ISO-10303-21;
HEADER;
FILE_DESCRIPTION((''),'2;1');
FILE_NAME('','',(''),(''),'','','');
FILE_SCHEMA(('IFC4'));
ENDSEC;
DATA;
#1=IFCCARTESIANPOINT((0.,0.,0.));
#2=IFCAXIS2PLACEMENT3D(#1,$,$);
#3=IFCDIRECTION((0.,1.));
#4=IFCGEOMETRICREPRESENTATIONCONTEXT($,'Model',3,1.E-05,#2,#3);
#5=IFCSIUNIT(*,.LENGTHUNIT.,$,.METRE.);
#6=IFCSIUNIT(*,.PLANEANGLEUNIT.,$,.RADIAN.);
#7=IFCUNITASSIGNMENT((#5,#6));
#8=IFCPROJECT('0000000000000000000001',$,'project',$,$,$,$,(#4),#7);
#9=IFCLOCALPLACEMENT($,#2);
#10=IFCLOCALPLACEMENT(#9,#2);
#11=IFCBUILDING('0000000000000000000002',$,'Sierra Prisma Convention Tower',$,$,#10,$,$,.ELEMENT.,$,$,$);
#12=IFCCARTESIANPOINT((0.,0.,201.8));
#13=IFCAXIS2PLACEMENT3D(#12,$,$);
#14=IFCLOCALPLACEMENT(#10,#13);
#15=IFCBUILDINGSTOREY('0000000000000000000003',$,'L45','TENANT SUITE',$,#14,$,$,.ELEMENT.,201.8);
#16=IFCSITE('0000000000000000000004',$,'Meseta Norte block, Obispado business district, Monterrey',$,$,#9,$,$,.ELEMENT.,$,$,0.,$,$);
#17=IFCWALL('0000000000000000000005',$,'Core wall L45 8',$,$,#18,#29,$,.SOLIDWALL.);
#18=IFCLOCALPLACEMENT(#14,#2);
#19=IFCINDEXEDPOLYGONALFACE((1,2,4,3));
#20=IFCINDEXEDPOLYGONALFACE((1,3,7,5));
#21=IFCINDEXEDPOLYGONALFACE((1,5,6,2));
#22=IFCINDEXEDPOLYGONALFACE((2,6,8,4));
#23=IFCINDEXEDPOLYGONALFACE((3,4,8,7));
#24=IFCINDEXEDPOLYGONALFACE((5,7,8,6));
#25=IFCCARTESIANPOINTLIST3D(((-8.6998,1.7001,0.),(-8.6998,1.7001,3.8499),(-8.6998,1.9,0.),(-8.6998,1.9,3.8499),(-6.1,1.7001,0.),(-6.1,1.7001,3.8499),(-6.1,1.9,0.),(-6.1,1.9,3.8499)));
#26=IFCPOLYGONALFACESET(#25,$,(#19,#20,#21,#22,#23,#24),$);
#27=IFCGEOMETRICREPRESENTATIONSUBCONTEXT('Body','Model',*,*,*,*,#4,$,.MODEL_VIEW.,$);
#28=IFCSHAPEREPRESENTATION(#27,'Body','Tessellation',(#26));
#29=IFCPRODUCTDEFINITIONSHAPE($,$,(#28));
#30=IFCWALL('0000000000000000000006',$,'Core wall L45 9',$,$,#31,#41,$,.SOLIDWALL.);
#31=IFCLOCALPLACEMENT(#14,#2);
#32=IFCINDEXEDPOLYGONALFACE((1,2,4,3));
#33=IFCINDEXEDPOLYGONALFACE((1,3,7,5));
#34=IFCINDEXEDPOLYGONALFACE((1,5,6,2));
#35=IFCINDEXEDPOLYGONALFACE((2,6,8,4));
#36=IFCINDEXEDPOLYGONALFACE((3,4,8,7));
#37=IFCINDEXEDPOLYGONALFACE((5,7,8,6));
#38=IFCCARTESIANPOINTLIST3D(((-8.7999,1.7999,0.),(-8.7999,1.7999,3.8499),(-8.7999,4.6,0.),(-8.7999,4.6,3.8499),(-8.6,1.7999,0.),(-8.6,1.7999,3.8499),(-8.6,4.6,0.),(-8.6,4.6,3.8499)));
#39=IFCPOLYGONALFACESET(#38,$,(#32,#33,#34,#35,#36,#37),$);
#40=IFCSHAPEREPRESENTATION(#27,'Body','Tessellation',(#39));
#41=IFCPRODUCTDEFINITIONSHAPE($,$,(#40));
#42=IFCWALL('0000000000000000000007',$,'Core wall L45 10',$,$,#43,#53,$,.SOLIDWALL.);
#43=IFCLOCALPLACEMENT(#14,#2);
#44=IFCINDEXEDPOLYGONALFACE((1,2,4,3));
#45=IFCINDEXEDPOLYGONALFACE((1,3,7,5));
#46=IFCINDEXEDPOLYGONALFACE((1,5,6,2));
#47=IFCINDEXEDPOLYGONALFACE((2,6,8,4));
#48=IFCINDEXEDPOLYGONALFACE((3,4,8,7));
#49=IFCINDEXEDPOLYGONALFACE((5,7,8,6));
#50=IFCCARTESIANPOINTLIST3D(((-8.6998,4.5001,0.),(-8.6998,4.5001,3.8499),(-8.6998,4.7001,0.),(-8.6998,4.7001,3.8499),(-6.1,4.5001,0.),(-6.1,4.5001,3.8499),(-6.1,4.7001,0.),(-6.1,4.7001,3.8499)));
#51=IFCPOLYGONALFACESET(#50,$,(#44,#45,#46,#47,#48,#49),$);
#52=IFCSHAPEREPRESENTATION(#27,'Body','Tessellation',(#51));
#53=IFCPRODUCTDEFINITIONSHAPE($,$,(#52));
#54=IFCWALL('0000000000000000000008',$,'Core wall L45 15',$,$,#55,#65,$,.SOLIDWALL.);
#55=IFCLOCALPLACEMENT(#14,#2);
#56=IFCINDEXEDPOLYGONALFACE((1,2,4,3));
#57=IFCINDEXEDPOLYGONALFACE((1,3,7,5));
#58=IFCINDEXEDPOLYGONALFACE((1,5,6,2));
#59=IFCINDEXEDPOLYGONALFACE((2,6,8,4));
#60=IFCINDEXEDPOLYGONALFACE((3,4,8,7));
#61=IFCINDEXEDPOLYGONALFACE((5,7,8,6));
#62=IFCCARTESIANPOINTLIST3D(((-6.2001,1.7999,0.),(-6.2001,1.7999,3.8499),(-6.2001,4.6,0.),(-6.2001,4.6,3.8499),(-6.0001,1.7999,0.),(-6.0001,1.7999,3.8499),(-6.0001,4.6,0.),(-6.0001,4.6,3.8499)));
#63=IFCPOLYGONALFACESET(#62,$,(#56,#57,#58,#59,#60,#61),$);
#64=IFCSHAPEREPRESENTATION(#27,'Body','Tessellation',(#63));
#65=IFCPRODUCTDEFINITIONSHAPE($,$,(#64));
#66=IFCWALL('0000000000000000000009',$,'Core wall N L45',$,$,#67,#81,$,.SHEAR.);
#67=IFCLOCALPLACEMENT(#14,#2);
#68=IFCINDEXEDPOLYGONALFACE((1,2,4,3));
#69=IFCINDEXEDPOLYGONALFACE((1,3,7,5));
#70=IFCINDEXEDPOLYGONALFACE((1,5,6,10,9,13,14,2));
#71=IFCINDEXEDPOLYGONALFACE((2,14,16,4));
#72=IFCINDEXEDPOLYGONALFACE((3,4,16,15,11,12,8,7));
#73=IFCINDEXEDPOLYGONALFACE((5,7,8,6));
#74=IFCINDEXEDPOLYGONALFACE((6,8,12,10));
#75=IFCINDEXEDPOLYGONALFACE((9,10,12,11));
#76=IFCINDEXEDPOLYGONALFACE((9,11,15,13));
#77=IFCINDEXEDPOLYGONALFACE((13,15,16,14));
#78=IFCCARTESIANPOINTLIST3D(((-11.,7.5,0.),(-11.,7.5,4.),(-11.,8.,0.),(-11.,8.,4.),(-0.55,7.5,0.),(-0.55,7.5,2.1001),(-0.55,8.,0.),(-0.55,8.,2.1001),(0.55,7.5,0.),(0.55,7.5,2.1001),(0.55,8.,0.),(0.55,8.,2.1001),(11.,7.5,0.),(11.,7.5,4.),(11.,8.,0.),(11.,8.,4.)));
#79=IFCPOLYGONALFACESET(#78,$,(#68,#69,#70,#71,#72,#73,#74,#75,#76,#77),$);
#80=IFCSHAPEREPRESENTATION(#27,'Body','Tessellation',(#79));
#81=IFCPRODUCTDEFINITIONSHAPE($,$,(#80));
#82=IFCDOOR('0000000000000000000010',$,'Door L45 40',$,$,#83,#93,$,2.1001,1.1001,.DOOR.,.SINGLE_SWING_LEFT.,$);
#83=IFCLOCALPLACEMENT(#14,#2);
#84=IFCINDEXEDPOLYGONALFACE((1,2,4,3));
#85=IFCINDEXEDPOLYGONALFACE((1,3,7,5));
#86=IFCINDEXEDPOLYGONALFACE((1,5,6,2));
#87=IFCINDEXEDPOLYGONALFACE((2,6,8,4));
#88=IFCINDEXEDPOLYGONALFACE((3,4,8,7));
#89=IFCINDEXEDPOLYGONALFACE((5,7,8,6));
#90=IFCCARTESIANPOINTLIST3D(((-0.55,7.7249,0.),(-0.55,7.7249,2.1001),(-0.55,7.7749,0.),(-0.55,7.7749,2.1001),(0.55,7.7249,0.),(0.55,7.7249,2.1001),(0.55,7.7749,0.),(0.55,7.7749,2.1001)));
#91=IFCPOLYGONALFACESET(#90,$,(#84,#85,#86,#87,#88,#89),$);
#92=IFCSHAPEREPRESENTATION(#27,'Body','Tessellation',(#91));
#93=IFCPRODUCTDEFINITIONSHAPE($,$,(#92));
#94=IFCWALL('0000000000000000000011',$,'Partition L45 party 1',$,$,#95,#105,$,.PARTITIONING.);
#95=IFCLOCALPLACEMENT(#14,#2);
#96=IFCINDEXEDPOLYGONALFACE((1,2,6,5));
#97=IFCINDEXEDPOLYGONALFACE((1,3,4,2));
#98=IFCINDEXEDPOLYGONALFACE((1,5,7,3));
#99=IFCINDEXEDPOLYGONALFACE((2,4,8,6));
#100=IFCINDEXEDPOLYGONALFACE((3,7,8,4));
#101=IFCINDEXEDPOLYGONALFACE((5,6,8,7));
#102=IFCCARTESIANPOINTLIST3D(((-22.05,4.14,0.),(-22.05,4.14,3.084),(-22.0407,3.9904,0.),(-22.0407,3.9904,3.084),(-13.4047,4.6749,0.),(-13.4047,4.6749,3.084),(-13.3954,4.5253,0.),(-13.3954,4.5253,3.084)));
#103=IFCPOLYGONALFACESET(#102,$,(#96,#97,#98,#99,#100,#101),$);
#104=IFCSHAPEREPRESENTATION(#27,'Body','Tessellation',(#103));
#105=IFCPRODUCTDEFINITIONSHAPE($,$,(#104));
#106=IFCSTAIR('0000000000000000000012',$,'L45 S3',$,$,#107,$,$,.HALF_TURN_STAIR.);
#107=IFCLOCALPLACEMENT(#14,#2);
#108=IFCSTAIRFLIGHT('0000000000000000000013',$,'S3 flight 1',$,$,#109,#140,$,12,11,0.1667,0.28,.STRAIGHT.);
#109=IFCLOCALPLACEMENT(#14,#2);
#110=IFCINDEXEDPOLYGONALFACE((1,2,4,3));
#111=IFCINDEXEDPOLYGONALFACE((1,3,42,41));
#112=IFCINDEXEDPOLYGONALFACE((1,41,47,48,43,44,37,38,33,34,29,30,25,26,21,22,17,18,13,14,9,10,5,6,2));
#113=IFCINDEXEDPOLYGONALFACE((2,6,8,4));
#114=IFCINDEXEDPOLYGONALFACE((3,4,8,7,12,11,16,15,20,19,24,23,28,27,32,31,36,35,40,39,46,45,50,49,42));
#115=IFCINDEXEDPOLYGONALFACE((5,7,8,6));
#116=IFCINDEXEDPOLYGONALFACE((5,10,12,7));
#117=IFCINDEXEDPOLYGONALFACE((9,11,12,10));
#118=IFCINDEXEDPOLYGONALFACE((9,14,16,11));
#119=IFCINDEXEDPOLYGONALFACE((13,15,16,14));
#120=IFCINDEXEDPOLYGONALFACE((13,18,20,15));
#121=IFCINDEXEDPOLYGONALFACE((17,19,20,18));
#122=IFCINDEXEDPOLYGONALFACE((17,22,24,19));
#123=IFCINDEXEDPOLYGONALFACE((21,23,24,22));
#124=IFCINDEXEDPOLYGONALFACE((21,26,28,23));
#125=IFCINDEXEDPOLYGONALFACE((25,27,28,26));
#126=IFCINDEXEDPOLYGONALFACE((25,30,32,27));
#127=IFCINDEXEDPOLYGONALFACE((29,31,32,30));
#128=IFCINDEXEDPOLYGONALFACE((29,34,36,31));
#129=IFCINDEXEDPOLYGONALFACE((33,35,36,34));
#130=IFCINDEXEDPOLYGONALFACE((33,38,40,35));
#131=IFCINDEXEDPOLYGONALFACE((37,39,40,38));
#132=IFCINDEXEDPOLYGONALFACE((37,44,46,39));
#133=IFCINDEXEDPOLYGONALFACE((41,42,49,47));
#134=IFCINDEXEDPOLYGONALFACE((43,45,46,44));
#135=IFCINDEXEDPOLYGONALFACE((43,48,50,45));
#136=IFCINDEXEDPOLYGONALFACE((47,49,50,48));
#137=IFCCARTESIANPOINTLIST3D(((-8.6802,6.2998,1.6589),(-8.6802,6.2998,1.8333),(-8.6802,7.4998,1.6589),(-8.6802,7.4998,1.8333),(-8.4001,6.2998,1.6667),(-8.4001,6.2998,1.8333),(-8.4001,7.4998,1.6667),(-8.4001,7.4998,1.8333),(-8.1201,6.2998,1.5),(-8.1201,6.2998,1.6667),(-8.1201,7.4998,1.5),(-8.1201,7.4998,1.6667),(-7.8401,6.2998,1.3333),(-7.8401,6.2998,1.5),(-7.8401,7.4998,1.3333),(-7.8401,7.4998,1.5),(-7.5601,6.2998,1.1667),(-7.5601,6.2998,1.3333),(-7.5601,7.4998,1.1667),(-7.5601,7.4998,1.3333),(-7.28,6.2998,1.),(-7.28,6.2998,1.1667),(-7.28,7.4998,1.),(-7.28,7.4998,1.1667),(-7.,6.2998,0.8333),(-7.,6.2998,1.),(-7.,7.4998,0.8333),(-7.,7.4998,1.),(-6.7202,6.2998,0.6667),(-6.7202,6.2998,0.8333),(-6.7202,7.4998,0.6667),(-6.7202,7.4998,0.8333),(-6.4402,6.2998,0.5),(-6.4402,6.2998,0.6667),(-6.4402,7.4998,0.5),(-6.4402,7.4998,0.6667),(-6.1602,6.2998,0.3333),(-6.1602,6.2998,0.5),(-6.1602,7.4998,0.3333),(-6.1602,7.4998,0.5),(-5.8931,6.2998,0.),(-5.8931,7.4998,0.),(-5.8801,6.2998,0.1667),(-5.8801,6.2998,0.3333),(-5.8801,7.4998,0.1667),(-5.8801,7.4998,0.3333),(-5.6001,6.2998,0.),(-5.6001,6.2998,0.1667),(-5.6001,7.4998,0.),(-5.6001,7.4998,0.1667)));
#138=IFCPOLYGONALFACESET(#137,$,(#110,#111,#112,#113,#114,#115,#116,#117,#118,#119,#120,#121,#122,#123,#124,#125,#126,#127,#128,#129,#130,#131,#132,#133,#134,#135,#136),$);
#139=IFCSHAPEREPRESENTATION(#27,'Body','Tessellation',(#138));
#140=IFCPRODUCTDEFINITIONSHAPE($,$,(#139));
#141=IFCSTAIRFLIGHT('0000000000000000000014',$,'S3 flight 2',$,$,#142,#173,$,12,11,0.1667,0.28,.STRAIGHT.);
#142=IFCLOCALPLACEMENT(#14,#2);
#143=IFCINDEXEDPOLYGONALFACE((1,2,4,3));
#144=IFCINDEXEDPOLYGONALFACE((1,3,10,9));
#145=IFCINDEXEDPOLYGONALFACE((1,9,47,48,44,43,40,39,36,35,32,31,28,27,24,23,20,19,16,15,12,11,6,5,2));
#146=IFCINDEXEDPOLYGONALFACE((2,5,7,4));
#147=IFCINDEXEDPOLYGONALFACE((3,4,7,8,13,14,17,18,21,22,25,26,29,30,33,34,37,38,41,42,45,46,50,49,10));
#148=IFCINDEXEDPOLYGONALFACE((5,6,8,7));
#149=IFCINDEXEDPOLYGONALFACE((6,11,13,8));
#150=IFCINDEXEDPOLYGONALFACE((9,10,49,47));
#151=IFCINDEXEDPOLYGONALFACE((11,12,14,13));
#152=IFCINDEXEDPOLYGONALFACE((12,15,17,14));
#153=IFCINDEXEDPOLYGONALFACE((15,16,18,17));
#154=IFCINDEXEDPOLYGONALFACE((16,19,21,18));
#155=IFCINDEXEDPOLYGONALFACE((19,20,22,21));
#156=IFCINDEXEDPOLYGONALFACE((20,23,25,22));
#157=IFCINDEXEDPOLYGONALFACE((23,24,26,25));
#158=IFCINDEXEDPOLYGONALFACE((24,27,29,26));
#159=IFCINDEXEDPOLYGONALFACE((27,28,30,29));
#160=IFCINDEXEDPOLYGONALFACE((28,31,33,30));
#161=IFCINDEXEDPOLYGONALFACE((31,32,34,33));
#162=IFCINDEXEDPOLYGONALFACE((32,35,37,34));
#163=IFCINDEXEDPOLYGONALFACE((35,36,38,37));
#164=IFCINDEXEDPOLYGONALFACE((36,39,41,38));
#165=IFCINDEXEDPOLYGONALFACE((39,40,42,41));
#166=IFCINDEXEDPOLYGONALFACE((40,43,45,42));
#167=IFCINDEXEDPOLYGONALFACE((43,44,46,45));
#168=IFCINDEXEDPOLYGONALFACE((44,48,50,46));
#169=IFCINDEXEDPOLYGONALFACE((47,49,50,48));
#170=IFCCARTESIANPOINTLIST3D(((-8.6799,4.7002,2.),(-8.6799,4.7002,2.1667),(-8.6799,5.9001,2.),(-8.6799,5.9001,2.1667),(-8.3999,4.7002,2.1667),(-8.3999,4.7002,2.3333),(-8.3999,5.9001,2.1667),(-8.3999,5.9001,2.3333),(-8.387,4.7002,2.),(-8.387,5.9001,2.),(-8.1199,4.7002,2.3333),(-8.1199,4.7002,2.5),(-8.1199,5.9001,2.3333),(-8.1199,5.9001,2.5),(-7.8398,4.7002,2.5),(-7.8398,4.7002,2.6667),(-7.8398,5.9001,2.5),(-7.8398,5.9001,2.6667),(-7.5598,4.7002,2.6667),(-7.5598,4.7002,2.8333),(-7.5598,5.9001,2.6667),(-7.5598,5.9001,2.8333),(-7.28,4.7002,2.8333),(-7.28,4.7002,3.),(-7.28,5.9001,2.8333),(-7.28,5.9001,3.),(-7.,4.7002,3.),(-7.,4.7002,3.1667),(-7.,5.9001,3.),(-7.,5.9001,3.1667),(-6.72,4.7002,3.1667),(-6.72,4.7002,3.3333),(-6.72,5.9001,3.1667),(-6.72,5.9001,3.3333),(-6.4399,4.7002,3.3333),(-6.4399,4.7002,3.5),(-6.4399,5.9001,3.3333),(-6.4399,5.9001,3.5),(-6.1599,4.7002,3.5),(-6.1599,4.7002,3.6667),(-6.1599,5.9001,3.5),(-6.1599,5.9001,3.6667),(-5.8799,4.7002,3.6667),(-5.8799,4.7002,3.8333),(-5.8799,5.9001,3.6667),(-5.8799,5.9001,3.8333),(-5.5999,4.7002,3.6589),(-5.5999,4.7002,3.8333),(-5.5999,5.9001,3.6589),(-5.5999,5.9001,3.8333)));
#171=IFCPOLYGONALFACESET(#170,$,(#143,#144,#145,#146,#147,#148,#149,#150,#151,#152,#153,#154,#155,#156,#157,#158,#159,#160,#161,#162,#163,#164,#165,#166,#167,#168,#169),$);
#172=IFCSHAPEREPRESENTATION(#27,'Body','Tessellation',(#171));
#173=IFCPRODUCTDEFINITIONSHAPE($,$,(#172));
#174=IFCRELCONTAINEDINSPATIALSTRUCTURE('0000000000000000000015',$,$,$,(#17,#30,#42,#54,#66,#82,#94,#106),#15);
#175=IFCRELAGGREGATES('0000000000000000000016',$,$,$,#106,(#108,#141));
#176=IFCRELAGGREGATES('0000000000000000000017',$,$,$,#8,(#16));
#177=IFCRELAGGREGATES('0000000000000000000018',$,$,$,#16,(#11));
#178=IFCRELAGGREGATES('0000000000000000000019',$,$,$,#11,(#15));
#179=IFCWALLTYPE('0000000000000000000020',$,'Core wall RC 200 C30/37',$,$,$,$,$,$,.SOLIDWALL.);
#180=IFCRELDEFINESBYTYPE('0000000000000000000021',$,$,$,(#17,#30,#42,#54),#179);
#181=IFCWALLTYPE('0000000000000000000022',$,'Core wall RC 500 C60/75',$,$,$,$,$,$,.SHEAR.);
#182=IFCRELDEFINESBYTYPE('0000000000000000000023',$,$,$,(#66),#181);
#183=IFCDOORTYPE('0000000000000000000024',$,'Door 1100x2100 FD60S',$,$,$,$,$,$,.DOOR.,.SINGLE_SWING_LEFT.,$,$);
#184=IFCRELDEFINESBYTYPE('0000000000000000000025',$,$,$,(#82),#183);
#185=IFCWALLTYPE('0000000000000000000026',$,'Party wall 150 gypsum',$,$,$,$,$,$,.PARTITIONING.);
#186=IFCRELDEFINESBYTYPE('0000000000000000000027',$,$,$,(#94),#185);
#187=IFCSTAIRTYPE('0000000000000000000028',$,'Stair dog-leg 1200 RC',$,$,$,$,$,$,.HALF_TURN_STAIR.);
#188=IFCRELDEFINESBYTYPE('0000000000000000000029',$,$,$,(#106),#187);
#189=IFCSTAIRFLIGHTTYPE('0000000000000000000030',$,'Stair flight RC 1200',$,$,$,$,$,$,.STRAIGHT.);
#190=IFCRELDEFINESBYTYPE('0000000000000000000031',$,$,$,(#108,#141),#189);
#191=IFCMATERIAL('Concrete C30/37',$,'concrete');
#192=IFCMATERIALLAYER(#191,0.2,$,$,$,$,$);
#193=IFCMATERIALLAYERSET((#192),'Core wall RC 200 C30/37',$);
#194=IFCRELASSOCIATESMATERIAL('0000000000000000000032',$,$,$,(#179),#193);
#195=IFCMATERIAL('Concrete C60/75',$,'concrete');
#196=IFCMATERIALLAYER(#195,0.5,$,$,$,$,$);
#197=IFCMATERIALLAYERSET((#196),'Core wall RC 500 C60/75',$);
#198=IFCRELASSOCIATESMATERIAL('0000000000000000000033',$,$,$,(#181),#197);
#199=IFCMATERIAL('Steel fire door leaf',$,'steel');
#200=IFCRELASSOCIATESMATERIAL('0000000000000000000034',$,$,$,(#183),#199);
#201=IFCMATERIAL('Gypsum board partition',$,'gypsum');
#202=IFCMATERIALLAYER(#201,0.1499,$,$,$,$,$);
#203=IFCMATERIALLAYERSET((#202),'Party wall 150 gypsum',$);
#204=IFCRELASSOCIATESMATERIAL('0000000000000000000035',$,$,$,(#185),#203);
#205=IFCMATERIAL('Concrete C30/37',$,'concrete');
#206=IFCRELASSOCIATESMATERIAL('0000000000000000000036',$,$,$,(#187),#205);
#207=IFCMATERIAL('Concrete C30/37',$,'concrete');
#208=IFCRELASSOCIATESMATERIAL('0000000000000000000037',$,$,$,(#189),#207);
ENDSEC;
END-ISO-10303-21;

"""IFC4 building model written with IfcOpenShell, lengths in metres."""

from ifc_helpers import new_model, si_unit, direction, frame, frame_2d, origin, place, context, subcontext, project, spatial, polyline, rectangle, outline, extrude, material, layer, layer_set, type_object, element, fill, aggregate, save


model = new_model("IFC4")

# Units and contexts
model_context = context("Model", 3, precision=1e-05, world=origin(), true_north=direction((0.0, 1.0)))
body_context = subcontext(model_context, "Body", "Model", "MODEL_VIEW")
ifc_project = project(units=[si_unit("LENGTHUNIT", "METRE"), si_unit("PLANEANGLEUNIT", "RADIAN")], contexts=[model_context])

# Site, building, storey
site_placement = place(None, origin())
site = spatial("IfcSite", under=ifc_project, at=site_placement, Name="Meseta Norte block, Obispado business district, Monterrey", CompositionType="ELEMENT", RefElevation=0.0)
building_placement = place(site_placement, origin())
building = spatial("IfcBuilding", under=site, at=building_placement, Name="Sierra Prisma Convention Tower", CompositionType="ELEMENT")
storey_placement = place(building_placement, frame((0.0, 0.0, 201.8)))
storey = spatial("IfcBuildingStorey", under=building, at=storey_placement, Name="L45", Description="TENANT SUITE", CompositionType="ELEMENT", Elevation=201.8)

# Shared definitions
ifc_material_1 = material(Name="Concrete C30/37", Category="concrete")
ifc_layer_1 = layer(ifc_material_1, 0.2)
ifc_layer_set_1 = layer_set([ifc_layer_1], Name="Core wall RC 200 C30/37")
wall_type_1 = type_object("IfcWallType", Name="Core wall RC 200 C30/37", PredefinedType="SOLIDWALL", material=ifc_layer_set_1)

# Walls
wall_1_placement = place(storey_placement, frame((-6.1001, 1.8, 0.0), z_axis=(0.0, 0.0, 1.0), x_axis=(-1.0, 0.0, 0.0)))
element("IfcWall", 1, at=wall_1_placement, inside=storey, type_object=wall_type_1, Name="Core wall L45 8", PredefinedType="SOLIDWALL", context=body_context, shape_type="SweptSolid", body=[
    extrude(rectangle(XDim=2.5999, YDim=0.2, at=frame_2d((1.2998, 0.0))), origin(), (0.0, 0.0, 1.0), 3.8499),
])
wall_2_placement = place(storey_placement, frame((-8.7, 1.8, 0.0), z_axis=(0.0, 0.0, 1.0), x_axis=(0.0, 1.0, 0.0)))
element("IfcWall", 2, at=wall_2_placement, inside=storey, type_object=wall_type_1, Name="Core wall L45 9", PredefinedType="SOLIDWALL", context=body_context, shape_type="SweptSolid", body=[
    extrude(rectangle(XDim=2.8, YDim=0.2, at=frame_2d((1.3999, 0.0))), origin(), (0.0, 0.0, 1.0), 3.8499),
])
wall_3_placement = place(storey_placement, frame((-6.1001, 4.6001, 0.0), z_axis=(0.0, 0.0, 1.0), x_axis=(-1.0, 0.0, 0.0)))
element("IfcWall", 3, at=wall_3_placement, inside=storey, type_object=wall_type_1, Name="Core wall L45 10", PredefinedType="SOLIDWALL", context=body_context, shape_type="SweptSolid", body=[
    extrude(rectangle(XDim=2.5999, YDim=0.2, at=frame_2d((1.2998, 0.0))), origin(), (0.0, 0.0, 1.0), 3.8499),
])
wall_4_placement = place(storey_placement, frame((-6.1001, 1.8, 0.0), z_axis=(0.0, 0.0, 1.0), x_axis=(0.0, 1.0, 0.0)))
element("IfcWall", 4, at=wall_4_placement, inside=storey, type_object=wall_type_1, Name="Core wall L45 15", PredefinedType="SOLIDWALL", context=body_context, shape_type="SweptSolid", body=[
    extrude(rectangle(XDim=2.8, YDim=0.2, at=frame_2d((1.3999, 0.0))), origin(), (0.0, 0.0, 1.0), 3.8499),
])

# Wall, opening, door
ifc_material_2 = material(Name="Concrete C60/75", Category="concrete")
ifc_layer_2 = layer(ifc_material_2, 0.5)
ifc_layer_set_2 = layer_set([ifc_layer_2], Name="Core wall RC 500 C60/75")
wall_type_2 = type_object("IfcWallType", Name="Core wall RC 500 C60/75", PredefinedType="SHEAR", material=ifc_layer_set_2)
wall_5_placement = place(storey_placement, frame((-11.0, 7.75, 0.0), z_axis=(0.0, 0.0, 1.0), x_axis=(1.0, 0.0, 0.0)))
wall_5 = element("IfcWall", 5, at=wall_5_placement, inside=storey, type_object=wall_type_2, Name="Core wall N L45", PredefinedType="SHEAR", context=body_context, shape_type="SweptSolid", body=[
    extrude(rectangle(XDim=22.0, YDim=0.5, at=frame_2d((11.0, 0.0))), origin(), (0.0, 0.0, 1.0), 4.0),
])
opening_1_placement = place(wall_5_placement, frame((10.45, 0.0, 0.0)))
opening_1 = element("IfcOpeningElement", 6, at=opening_1_placement, cuts=wall_5, PredefinedType="OPENING", context=body_context, shape_type="SweptSolid", body=[
    extrude(rectangle(XDim=1.1001, YDim=2.1001, at=frame_2d((0.55, 1.05))), frame((0.0, 0.25, 0.0), z_axis=(0.0, -1.0, 0.0), x_axis=(1.0, 0.0, 0.0)), (0.0, 0.0, 1.0), 0.5),
])
ifc_material_3 = material(Name="Steel fire door leaf", Category="steel")
door_type_1 = type_object("IfcDoorType", Name="Door 1100x2100 FD60S", OperationType="SINGLE_SWING_LEFT", PredefinedType="DOOR", material=ifc_material_3)
door_1_placement = place(opening_1_placement, origin())
door_1 = element("IfcDoor", 7, at=door_1_placement, inside=storey, type_object=door_type_1, Name="Door L45 40", OperationType="SINGLE_SWING_LEFT", OverallHeight=2.1001, OverallWidth=1.1001, PredefinedType="DOOR", context=body_context, shape_type="SweptSolid", body=[
    extrude(rectangle(XDim=1.1001, YDim=2.1001, at=frame_2d((0.55, 1.05))), frame((0.0, 0.0249, 0.0), z_axis=(0.0, -1.0, 0.0), x_axis=(1.0, 0.0, 0.0)), (0.0, 0.0, 1.0), 0.05),
])
fill(opening_1, door_1)

# Wall
ifc_material_4 = material(Name="Gypsum board partition", Category="gypsum")
ifc_layer_3 = layer(ifc_material_4, 0.1499)
ifc_layer_set_3 = layer_set([ifc_layer_3], Name="Party wall 150 gypsum")
wall_type_3 = type_object("IfcWallType", Name="Party wall 150 gypsum", PredefinedType="PARTITIONING", material=ifc_layer_set_3)
wall_6_placement = place(storey_placement, frame((-13.3999, 4.6001, 0.0), z_axis=(0.0, 0.0, 1.0), x_axis=(-0.998091, -0.061755, 0.0)))
element("IfcWall", 8, at=wall_6_placement, inside=storey, type_object=wall_type_3, Name="Partition L45 party 1", PredefinedType="PARTITIONING", context=body_context, shape_type="SweptSolid", body=[
    extrude(rectangle(XDim=8.6619, YDim=0.1499, at=frame_2d((4.3311, 0.0))), origin(), (0.0, 0.0, 1.0), 3.084),
])

# Stair, stair flights
ifc_material_5 = material(Name="Concrete C30/37", Category="concrete")
stair_type = type_object("IfcStairType", Name="Stair dog-leg 1200 RC", PredefinedType="HALF_TURN_STAIR", material=ifc_material_5)
stair_placement = place(storey_placement, origin())
stair = element("IfcStair", 9, at=stair_placement, inside=storey, type_object=stair_type, Name="L45 S3", PredefinedType="HALF_TURN_STAIR")
ifc_material_6 = material(Name="Concrete C30/37", Category="concrete")
stair_flight_type = type_object("IfcStairFlightType", Name="Stair flight RC 1200", PredefinedType="STRAIGHT", material=ifc_material_6)
stair_flight_1_placement = place(storey_placement, frame((-5.6001, 6.8999, 0.0), z_axis=(0.0, 0.0, 1.0), x_axis=(-1.0, 0.0, 0.0)))
stair_flight_1 = element("IfcStairFlight", 10, at=stair_flight_1_placement, type_object=stair_flight_type, Name="S3 flight 1", NumberOfRisers=12, NumberOfTreads=11, PredefinedType="STRAIGHT", RiserHeight=0.1667, TreadLength=0.28, context=body_context, shape_type="SweptSolid", body=[
    extrude(outline(polyline([(0.0, 0.0), (0.0, 0.1667), (0.28, 0.1667), (0.28, 0.3333), (0.5601, 0.3333), (0.5601, 0.5), (0.8401, 0.5), (0.8401, 0.6667), (1.1201, 0.6667), (1.1201, 0.8333), (1.3999, 0.8333), (1.3999, 1.0), (1.6799, 1.0), (1.6799, 1.1667), (1.96, 1.1667), (1.96, 1.3333), (2.24, 1.3333), (2.24, 1.5), (2.52, 1.5), (2.52, 1.6667), (2.8, 1.6667), (2.8, 1.8333), (3.0801, 1.8333), (3.0801, 2.0), (3.0801, 1.6589), (0.293, 0.0), (0.0, 0.0)])), frame((0.0, 0.6001, 0.0), z_axis=(0.0, -1.0, 0.0), x_axis=(1.0, 0.0, 0.0)), (0.0, 0.0, 1.0), 1.2),
])
stair_flight_2_placement = place(storey_placement, frame((-8.6799, 5.3, 2.0), z_axis=(0.0, 0.0, 1.0), x_axis=(1.0, 0.0, 0.0)))
stair_flight_2 = element("IfcStairFlight", 11, at=stair_flight_2_placement, type_object=stair_flight_type, Name="S3 flight 2", NumberOfRisers=12, NumberOfTreads=11, PredefinedType="STRAIGHT", RiserHeight=0.1667, TreadLength=0.28, context=body_context, shape_type="SweptSolid", body=[
    extrude(outline(polyline([(0.0, 0.0), (0.0, 0.1667), (0.28, 0.1667), (0.28, 0.3333), (0.5601, 0.3333), (0.5601, 0.5), (0.8401, 0.5), (0.8401, 0.6667), (1.1201, 0.6667), (1.1201, 0.8333), (1.3999, 0.8333), (1.3999, 1.0), (1.6799, 1.0), (1.6799, 1.1667), (1.96, 1.1667), (1.96, 1.3333), (2.24, 1.3333), (2.24, 1.5), (2.52, 1.5), (2.52, 1.6667), (2.8, 1.6667), (2.8, 1.8333), (3.0801, 1.8333), (3.0801, 2.0), (3.0801, 1.6589), (0.293, 0.0), (0.0, 0.0)])), frame((0.0, 0.6001, 0.0), z_axis=(0.0, -1.0, 0.0), x_axis=(1.0, 0.0, 0.0)), (0.0, 0.0, 1.0), 1.2),
])
aggregate(stair, [stair_flight_1, stair_flight_2])

save(model, "model.ifc")
